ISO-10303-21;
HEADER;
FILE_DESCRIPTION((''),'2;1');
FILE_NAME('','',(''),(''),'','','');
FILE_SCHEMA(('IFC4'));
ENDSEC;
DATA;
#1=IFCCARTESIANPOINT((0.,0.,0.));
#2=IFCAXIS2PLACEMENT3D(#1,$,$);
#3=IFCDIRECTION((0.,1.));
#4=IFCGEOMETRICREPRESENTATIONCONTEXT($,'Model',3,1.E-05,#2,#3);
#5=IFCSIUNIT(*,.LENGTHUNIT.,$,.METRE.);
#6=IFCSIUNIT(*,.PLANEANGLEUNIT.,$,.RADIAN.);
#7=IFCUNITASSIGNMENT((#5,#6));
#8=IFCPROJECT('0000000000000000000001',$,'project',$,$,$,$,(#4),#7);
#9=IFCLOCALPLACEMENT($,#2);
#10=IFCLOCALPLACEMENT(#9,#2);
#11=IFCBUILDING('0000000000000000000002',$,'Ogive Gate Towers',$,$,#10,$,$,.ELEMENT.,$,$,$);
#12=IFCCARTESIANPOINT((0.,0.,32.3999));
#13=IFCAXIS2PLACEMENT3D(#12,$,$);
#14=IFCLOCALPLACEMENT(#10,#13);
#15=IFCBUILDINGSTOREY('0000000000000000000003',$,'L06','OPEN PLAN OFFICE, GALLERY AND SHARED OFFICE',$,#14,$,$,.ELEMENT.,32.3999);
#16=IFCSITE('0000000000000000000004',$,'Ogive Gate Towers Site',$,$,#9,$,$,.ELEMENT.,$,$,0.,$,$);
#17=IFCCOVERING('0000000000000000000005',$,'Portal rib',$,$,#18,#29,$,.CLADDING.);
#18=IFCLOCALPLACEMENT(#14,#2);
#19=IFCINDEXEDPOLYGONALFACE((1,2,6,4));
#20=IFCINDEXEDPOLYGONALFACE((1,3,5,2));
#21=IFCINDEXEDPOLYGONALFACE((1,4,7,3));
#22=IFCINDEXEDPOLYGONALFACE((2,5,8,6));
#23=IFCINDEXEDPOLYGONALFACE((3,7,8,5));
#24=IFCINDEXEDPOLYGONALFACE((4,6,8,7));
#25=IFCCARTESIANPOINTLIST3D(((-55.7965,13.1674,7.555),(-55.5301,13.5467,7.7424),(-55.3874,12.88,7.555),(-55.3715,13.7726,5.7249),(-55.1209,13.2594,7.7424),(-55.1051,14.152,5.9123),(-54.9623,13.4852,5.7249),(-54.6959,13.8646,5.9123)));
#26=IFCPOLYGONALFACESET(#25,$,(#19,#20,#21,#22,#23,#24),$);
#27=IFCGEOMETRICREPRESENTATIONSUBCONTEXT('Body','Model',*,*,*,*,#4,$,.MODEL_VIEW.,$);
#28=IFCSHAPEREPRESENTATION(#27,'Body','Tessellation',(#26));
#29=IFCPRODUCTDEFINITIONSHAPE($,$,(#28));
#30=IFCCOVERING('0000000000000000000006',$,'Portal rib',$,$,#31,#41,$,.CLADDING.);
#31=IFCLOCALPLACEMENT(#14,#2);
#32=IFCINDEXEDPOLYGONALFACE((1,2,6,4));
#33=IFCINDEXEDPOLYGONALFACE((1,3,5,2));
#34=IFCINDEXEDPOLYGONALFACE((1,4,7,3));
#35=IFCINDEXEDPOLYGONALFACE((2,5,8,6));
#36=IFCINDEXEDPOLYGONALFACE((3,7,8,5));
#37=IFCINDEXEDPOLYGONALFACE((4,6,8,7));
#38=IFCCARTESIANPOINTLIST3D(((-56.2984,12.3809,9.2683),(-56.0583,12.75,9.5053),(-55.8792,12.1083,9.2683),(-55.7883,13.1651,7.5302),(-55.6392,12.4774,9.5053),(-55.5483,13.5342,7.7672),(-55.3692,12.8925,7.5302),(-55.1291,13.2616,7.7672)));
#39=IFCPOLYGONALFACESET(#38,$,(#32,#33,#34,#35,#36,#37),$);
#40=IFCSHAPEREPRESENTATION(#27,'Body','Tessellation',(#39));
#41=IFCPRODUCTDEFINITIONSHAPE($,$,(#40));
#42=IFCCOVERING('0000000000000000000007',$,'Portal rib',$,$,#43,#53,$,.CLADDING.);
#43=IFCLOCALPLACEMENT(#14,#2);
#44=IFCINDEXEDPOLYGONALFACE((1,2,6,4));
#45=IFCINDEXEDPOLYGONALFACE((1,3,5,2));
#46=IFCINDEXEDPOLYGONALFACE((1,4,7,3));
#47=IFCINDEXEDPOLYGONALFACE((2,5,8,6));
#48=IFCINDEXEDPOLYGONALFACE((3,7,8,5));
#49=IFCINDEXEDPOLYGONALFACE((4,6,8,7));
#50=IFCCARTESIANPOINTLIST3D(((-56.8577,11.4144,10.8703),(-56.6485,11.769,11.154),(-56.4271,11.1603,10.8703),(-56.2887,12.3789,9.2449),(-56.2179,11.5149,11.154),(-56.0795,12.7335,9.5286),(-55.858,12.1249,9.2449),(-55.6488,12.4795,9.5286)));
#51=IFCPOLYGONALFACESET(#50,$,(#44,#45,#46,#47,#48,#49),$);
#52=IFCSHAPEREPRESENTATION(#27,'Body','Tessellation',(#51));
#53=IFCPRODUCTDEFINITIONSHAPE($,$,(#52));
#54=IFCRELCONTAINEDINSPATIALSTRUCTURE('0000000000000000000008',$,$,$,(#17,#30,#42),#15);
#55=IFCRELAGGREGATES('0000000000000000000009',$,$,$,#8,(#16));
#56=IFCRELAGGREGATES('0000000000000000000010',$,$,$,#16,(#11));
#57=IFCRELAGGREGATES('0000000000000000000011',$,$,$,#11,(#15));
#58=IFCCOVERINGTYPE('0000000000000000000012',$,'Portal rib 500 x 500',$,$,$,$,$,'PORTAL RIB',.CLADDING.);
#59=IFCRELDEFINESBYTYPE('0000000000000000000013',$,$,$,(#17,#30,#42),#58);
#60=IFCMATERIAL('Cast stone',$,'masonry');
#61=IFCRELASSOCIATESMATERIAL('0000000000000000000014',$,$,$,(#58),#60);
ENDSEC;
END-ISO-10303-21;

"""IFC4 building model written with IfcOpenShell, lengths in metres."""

from ifc_helpers import new_model, si_unit, direction, frame, origin, origin_2d, place, context, subcontext, project, spatial, rectangle, extrude, material, material_profile, profile_set, type_object, element, save


model = new_model("IFC4")

# Units and contexts
model_context = context("Model", 3, precision=1e-05, world=origin(), true_north=direction((0.0, 1.0)))
body_context = subcontext(model_context, "Body", "Model", "MODEL_VIEW")
ifc_project = project(units=[si_unit("LENGTHUNIT", "METRE"), si_unit("PLANEANGLEUNIT", "RADIAN")], contexts=[model_context])

# Site, building, storey
site_placement = place(None, origin())
site = spatial("IfcSite", under=ifc_project, at=site_placement, Name="Ogive Gate Towers Site", CompositionType="ELEMENT", RefElevation=0.0)
building_placement = place(site_placement, origin())
building = spatial("IfcBuilding", under=site, at=building_placement, Name="Ogive Gate Towers", CompositionType="ELEMENT")
storey_placement = place(building_placement, frame((0.0, 0.0, 32.3999)))
storey = spatial("IfcBuildingStorey", under=building, at=storey_placement, Name="L06", Description="OPEN PLAN OFFICE, GALLERY AND SHARED OFFICE", CompositionType="ELEMENT", Elevation=32.3999)

# Coverings
ifc_material_1 = material(Name="Cast stone", Category="masonry")
ifc_material_profile_1 = material_profile(ifc_material_1, rectangle(XDim=0.5, YDim=0.5, at=origin_2d()), Name="500 x 500 cast stone")
ifc_profile_set_1 = profile_set([ifc_material_profile_1], Name="Cast stone")
covering_type = type_object("IfcCoveringType", Name="Portal rib 500 x 500", ElementType="PORTAL RIB", PredefinedType="CLADDING", material=ifc_profile_set_1)
for number, where, z_axis, x_axis, name in (
    (1, (-55.0337, 13.8186, 5.8186), (-0.215338, -0.306619, 0.927154), (0.818347, -0.574725, 0.0), "Portal rib"),
    (2, (-55.4587, 13.2134, 7.6487), (-0.258392, -0.397298, 0.880561), (0.8383, -0.545208, 0.0), "Portal rib"),
    (3, (-55.9688, 12.4292, 9.3867), (-0.288299, -0.488661, 0.823464), (0.861278, -0.508134, 0.0), "Portal rib"),
):
    element("IfcCovering", number, at=place(storey_placement, frame(where, z_axis=z_axis, x_axis=x_axis)), inside=storey, type_object=covering_type, Name=name, PredefinedType="CLADDING", context=body_context, shape_type="SweptSolid", body=[
        extrude(rectangle(XDim=0.5, YDim=0.5, at=origin_2d()), origin(), (0.0, 0.0, 1.0), 1.9739),
    ])

save(model, "model.ifc")
